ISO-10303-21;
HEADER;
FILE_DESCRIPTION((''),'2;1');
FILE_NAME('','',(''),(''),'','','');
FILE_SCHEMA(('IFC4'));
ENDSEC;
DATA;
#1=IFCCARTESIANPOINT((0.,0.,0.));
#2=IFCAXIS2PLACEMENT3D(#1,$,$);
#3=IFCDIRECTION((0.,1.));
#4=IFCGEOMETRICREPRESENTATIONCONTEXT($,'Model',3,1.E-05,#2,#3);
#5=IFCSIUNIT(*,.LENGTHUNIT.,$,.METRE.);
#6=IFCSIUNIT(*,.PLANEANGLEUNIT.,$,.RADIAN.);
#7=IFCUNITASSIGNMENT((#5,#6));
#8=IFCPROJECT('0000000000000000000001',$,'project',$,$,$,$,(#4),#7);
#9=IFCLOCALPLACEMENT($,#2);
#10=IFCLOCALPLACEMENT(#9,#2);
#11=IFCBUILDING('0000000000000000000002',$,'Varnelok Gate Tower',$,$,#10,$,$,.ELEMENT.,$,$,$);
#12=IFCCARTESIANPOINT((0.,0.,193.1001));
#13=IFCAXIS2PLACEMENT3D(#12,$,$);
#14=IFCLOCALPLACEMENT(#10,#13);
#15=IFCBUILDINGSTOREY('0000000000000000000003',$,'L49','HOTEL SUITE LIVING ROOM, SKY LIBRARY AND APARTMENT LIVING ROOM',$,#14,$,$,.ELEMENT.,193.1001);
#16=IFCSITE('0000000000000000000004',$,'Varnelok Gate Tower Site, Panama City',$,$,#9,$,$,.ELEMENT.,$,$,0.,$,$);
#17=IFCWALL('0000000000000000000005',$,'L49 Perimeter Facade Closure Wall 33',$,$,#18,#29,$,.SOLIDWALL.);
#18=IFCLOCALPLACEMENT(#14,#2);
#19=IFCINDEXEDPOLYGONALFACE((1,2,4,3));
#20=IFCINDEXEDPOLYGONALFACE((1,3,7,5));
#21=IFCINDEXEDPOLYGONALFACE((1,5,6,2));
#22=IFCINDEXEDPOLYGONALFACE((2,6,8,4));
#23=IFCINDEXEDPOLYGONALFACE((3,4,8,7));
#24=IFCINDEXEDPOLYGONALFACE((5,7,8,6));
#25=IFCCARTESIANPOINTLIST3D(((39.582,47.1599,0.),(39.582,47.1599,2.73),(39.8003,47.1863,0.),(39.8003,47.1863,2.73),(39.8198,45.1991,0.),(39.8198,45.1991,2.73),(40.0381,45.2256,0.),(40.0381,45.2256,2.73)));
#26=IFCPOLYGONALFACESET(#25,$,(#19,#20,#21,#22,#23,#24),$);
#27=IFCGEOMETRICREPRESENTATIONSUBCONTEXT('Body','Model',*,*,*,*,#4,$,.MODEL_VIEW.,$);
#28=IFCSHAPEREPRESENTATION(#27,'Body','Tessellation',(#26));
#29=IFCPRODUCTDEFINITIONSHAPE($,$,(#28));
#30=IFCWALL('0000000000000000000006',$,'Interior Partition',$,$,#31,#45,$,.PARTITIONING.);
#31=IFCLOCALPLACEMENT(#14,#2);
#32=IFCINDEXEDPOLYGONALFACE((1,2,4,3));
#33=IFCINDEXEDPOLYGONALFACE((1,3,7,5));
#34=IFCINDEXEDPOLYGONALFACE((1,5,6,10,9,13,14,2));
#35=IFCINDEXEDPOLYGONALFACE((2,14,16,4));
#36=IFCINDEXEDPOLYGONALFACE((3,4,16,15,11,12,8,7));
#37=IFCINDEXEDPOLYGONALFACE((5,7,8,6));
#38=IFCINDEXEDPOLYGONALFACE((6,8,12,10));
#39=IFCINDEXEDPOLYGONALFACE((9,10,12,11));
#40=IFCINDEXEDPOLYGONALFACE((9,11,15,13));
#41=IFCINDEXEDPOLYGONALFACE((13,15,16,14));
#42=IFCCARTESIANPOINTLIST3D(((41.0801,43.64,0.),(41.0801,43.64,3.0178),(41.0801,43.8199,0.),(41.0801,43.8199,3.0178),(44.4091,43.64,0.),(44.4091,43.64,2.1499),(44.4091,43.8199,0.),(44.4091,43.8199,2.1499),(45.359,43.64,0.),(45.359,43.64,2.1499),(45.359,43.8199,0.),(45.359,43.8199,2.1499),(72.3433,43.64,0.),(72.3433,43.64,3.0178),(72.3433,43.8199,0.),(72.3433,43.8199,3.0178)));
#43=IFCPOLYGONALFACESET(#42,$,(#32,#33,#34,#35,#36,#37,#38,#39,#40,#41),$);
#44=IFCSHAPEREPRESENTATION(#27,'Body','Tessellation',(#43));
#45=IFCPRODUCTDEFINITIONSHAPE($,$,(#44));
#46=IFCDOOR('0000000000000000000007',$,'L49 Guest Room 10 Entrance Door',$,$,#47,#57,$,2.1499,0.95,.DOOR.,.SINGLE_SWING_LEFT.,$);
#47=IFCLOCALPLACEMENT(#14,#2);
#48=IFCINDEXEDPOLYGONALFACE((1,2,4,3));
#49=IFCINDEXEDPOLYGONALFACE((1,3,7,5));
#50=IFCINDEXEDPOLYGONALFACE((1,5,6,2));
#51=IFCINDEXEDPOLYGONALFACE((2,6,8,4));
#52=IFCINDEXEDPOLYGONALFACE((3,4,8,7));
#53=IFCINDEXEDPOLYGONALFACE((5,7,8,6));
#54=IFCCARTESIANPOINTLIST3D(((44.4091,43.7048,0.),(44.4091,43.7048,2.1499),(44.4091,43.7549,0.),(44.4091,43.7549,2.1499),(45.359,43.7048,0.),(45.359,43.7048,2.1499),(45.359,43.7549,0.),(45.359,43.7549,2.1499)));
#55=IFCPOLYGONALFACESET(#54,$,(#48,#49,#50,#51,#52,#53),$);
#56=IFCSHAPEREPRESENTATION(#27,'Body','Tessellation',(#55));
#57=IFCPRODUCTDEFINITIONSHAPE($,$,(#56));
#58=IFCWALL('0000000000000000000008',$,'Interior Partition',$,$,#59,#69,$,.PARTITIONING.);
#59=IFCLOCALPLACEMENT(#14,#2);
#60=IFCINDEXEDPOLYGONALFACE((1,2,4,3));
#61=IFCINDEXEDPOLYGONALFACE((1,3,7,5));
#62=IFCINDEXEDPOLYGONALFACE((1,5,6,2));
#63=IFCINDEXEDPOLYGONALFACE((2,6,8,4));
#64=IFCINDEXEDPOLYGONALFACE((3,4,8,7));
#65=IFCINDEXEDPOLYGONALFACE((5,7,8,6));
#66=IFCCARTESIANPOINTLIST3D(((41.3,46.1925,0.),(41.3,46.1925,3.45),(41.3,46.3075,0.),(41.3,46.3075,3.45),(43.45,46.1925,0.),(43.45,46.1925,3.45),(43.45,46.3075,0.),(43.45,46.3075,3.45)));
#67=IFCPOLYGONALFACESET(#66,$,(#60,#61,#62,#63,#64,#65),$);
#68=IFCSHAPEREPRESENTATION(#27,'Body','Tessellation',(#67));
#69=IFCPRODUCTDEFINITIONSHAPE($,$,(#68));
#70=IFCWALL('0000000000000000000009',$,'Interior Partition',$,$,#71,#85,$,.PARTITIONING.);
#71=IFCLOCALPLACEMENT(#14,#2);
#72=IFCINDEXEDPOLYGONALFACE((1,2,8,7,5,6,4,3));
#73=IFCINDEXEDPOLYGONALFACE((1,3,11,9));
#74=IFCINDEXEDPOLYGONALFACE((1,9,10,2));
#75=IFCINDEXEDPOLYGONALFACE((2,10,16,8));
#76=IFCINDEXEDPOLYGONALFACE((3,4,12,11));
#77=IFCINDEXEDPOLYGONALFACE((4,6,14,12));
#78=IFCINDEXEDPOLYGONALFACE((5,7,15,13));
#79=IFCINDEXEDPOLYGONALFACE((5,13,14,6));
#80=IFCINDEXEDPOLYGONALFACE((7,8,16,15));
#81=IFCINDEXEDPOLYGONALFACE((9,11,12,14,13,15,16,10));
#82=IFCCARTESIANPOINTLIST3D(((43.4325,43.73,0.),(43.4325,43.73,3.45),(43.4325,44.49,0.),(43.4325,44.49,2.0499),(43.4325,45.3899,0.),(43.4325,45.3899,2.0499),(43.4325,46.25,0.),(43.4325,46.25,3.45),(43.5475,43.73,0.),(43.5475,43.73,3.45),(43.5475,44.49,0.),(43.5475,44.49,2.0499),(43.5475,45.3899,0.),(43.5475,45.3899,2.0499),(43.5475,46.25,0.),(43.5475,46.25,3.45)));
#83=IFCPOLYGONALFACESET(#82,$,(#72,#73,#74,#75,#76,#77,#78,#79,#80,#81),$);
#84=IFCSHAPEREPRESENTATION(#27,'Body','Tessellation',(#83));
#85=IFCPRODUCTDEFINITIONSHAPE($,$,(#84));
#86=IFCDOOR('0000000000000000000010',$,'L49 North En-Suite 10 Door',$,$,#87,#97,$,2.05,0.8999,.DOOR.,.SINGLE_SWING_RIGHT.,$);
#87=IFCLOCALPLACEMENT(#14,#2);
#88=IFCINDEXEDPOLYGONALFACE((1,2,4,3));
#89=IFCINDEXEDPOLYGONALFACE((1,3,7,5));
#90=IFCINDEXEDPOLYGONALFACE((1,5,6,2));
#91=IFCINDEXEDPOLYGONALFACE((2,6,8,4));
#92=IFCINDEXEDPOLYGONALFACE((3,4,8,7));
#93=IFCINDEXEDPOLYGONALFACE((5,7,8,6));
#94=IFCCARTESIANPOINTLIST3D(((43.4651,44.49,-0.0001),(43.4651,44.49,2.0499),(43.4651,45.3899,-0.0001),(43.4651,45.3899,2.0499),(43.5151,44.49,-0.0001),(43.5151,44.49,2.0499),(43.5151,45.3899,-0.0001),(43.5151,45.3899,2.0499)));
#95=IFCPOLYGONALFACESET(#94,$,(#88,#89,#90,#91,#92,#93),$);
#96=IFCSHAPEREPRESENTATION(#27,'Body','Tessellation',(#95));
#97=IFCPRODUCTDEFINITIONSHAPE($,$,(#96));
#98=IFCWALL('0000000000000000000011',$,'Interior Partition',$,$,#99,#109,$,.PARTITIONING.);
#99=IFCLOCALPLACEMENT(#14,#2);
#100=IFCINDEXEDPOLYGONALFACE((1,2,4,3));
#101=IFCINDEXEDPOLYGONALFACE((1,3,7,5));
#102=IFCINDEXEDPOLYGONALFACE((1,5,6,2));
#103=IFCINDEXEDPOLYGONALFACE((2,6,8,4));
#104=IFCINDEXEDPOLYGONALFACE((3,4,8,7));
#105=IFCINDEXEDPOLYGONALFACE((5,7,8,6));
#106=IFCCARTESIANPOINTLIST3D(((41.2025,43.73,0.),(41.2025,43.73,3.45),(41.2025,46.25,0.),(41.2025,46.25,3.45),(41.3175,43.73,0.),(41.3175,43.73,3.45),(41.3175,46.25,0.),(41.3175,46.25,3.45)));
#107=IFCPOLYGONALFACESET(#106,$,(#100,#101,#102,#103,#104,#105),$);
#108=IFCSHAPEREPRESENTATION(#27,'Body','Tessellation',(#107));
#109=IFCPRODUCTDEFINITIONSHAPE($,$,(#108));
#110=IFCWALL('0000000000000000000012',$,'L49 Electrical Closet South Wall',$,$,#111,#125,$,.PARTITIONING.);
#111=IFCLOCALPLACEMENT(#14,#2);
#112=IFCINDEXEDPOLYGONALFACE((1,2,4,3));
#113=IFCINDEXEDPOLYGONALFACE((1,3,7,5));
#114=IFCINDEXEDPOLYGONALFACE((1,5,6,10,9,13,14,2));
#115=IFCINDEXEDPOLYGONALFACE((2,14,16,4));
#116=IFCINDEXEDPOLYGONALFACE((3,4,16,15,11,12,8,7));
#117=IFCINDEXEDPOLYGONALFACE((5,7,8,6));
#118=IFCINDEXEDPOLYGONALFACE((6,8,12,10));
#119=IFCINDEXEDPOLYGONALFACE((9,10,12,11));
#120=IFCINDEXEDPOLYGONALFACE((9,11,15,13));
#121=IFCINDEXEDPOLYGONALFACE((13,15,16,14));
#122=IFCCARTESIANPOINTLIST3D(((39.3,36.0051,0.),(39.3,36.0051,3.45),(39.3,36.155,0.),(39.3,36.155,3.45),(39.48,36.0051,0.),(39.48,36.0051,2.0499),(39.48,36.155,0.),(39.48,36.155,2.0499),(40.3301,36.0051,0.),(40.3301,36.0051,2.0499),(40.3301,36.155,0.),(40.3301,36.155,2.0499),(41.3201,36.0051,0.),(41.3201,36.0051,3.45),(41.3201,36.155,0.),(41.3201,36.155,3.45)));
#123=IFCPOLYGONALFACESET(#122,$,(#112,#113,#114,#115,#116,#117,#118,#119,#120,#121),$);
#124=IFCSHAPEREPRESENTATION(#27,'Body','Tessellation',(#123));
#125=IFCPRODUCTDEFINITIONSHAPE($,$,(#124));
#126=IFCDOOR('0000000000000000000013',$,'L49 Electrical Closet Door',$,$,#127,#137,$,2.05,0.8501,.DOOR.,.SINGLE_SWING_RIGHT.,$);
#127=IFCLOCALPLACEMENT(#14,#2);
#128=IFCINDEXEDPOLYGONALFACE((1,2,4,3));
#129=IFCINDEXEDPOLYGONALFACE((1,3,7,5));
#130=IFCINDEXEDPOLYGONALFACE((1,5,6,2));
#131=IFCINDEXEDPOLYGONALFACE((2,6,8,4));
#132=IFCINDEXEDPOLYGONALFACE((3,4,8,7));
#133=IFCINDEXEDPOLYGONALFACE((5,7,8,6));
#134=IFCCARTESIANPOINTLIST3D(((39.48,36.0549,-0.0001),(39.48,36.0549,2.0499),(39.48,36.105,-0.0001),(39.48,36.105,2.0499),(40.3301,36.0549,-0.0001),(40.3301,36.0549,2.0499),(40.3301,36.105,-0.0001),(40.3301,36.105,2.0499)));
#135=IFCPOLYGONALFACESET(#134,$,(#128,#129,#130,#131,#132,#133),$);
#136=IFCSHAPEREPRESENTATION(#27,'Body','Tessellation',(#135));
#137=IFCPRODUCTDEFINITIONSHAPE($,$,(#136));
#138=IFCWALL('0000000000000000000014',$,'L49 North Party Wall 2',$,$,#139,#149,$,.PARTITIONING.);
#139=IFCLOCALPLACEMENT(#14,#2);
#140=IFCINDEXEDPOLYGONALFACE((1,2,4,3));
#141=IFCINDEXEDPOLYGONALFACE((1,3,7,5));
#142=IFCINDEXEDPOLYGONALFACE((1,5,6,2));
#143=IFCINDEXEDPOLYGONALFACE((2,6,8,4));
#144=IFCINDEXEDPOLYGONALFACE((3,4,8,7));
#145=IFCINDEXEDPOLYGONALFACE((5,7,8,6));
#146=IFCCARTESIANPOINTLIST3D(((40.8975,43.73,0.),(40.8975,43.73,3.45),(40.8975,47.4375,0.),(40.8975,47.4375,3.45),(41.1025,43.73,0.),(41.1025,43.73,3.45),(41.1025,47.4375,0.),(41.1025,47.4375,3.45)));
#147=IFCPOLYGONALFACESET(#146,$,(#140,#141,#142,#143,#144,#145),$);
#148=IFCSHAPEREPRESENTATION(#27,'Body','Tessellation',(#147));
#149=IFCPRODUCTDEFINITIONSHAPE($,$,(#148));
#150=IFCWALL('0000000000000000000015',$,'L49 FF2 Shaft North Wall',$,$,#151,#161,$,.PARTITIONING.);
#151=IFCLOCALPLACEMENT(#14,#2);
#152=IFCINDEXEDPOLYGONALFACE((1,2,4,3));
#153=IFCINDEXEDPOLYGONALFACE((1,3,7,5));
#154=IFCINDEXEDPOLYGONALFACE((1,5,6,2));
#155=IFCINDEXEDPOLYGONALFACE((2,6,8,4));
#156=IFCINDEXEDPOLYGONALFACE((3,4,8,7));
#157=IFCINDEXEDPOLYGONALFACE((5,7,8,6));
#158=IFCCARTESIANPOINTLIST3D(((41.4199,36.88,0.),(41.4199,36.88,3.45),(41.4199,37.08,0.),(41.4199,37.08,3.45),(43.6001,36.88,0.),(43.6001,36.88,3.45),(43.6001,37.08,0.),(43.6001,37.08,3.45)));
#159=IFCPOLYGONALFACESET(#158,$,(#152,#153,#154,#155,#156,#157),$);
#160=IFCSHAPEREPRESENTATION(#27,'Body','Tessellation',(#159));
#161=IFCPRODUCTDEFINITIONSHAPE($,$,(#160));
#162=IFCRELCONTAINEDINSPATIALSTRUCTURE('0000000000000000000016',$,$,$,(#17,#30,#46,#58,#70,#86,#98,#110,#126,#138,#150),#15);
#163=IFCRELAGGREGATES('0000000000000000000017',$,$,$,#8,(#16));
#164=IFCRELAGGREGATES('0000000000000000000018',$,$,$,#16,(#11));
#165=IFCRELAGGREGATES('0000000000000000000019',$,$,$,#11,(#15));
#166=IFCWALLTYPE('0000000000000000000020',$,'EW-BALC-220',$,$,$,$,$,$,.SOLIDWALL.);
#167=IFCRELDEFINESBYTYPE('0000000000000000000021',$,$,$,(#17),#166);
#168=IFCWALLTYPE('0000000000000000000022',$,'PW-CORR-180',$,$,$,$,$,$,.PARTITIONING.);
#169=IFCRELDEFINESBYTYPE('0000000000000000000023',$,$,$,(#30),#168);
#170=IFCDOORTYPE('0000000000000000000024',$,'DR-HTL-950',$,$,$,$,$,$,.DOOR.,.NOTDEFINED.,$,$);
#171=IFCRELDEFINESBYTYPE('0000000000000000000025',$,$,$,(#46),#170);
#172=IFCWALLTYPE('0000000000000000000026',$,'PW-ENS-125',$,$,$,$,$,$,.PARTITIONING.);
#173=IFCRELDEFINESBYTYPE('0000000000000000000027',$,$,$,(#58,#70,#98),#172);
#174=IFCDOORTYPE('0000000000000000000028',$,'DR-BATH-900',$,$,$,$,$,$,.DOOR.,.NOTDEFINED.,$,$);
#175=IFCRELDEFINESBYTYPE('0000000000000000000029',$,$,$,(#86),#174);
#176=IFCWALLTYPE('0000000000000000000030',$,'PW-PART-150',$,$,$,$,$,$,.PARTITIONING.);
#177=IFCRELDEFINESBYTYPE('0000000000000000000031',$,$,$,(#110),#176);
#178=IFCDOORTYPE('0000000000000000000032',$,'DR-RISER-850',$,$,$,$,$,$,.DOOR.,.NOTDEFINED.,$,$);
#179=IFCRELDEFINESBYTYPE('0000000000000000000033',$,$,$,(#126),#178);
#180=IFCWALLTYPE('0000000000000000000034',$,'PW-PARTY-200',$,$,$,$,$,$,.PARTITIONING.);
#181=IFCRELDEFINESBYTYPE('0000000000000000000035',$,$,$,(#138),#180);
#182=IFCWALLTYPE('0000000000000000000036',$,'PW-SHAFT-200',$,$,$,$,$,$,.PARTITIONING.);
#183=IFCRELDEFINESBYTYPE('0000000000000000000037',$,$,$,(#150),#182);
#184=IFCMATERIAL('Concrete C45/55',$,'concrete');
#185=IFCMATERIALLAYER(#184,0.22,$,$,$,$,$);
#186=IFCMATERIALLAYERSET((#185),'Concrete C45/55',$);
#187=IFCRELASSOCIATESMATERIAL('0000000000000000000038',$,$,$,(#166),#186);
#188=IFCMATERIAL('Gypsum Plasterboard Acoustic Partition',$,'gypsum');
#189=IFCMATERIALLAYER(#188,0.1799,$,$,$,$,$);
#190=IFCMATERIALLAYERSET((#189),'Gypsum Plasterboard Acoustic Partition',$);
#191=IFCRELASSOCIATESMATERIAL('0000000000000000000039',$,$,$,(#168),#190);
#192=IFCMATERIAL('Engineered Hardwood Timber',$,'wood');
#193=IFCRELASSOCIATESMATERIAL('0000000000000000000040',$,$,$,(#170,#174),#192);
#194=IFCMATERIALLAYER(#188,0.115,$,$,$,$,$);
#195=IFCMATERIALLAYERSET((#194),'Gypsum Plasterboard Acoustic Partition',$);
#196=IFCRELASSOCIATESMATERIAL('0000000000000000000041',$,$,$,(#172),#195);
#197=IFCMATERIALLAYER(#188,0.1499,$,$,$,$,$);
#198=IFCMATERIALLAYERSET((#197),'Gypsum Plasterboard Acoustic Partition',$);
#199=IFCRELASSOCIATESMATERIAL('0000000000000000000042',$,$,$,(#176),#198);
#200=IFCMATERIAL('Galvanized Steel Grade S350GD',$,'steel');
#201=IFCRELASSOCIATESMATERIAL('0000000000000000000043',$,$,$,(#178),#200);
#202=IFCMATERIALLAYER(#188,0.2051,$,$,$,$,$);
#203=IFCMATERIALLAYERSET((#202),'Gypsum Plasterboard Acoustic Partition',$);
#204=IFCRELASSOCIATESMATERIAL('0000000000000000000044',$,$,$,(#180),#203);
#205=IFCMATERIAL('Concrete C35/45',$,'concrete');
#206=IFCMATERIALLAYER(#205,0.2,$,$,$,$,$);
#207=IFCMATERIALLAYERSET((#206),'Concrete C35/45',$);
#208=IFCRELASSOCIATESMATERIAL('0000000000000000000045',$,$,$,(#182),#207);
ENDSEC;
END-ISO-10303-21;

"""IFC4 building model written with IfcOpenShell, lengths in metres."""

from ifc_helpers import new_model, si_unit, direction, frame, frame_2d, origin, place, context, subcontext, project, spatial, rectangle, extrude, material, layer, layer_set, type_object, element, fill, save


model = new_model("IFC4")

# Units and contexts
model_context = context("Model", 3, precision=1e-05, world=origin(), true_north=direction((0.0, 1.0)))
body_context = subcontext(model_context, "Body", "Model", "MODEL_VIEW")
ifc_project = project(units=[si_unit("LENGTHUNIT", "METRE"), si_unit("PLANEANGLEUNIT", "RADIAN")], contexts=[model_context])

# Site, building, storey
site_placement = place(None, origin())
site = spatial("IfcSite", under=ifc_project, at=site_placement, Name="Varnelok Gate Tower Site, Panama City", CompositionType="ELEMENT", RefElevation=0.0)
building_placement = place(site_placement, origin())
building = spatial("IfcBuilding", under=site, at=building_placement, Name="Varnelok Gate Tower", CompositionType="ELEMENT")
storey_placement = place(building_placement, frame((0.0, 0.0, 193.1001)))
storey = spatial("IfcBuildingStorey", under=building, at=storey_placement, Name="L49", Description="HOTEL SUITE LIVING ROOM, SKY LIBRARY AND APARTMENT LIVING ROOM", CompositionType="ELEMENT", Elevation=193.1001)

# Shared definitions
ifc_material_1 = material(Name="Concrete C45/55", Category="concrete")
ifc_layer_1 = layer(ifc_material_1, 0.22)
ifc_layer_set_1 = layer_set([ifc_layer_1], Name="Concrete C45/55")
wall_type_1 = type_object("IfcWallType", Name="EW-BALC-220", PredefinedType="SOLIDWALL", material=ifc_layer_set_1)

# Wall
wall_1_placement = place(storey_placement, frame((39.6912, 47.1731, 0.0), z_axis=(0.0, 0.0, 1.0), x_axis=(0.120398, -0.992726, 0.0)))
element("IfcWall", 1, at=wall_1_placement, inside=storey, type_object=wall_type_1, Name="L49 Perimeter Facade Closure Wall 33", PredefinedType="SOLIDWALL", context=body_context, shape_type="SweptSolid", body=[
    extrude(rectangle(XDim=1.9751, YDim=0.22, at=frame_2d((0.9875, 0.0))), origin(), (0.0, 0.0, 1.0), 2.73),
])

# Wall, opening, door
ifc_material_2 = material(Name="Gypsum Plasterboard Acoustic Partition", Category="gypsum")
ifc_layer_2 = layer(ifc_material_2, 0.1799)
ifc_layer_set_2 = layer_set([ifc_layer_2], Name="Gypsum Plasterboard Acoustic Partition")
wall_type_2 = type_object("IfcWallType", Name="PW-CORR-180", PredefinedType="PARTITIONING", material=ifc_layer_set_2)
wall_2_placement = place(storey_placement, frame((41.0801, 43.73, 0.0), z_axis=(0.0, 0.0, 1.0), x_axis=(1.0, 0.0, 0.0)))
wall_2 = element("IfcWall", 2, at=wall_2_placement, inside=storey, type_object=wall_type_2, Name="Interior Partition", PredefinedType="PARTITIONING", context=body_context, shape_type="SweptSolid", body=[
    extrude(rectangle(XDim=31.2632, YDim=0.1799, at=frame_2d((15.6316, 0.0))), origin(), (0.0, 0.0, 1.0), 3.0178),
])
opening_1_placement = place(wall_2_placement, frame((3.3289, 0.0, 0.0)))
opening_1 = element("IfcOpeningElement", 3, at=opening_1_placement, cuts=wall_2, PredefinedType="OPENING", context=body_context, shape_type="SweptSolid", body=[
    extrude(rectangle(XDim=0.95, YDim=2.1499, at=frame_2d((0.4751, 1.075))), frame((0.0, 0.0999, 0.0), z_axis=(0.0, -1.0, 0.0), x_axis=(1.0, 0.0, 0.0)), (0.0, 0.0, 1.0), 0.2),
])
ifc_material_3 = material(Name="Engineered Hardwood Timber", Category="wood")
door_type_1 = type_object("IfcDoorType", Name="DR-HTL-950", OperationType="NOTDEFINED", PredefinedType="DOOR", material=ifc_material_3)
door_1_placement = place(opening_1_placement, origin())
door_1 = element("IfcDoor", 4, at=door_1_placement, inside=storey, type_object=door_type_1, Name="L49 Guest Room 10 Entrance Door", OperationType="SINGLE_SWING_LEFT", OverallHeight=2.1499, OverallWidth=0.95, PredefinedType="DOOR", context=body_context, shape_type="SweptSolid", body=[
    extrude(rectangle(XDim=0.95, YDim=2.1499, at=frame_2d((0.4751, 1.075))), frame((0.0, 0.0249, 0.0), z_axis=(0.0, -1.0, 0.0), x_axis=(1.0, 0.0, 0.0)), (0.0, 0.0, 1.0), 0.05),
])
fill(opening_1, door_1)

# Wall
ifc_layer_3 = layer(ifc_material_2, 0.115)
ifc_layer_set_3 = layer_set([ifc_layer_3], Name="Gypsum Plasterboard Acoustic Partition")
wall_type_3 = type_object("IfcWallType", Name="PW-ENS-125", PredefinedType="PARTITIONING", material=ifc_layer_set_3)
wall_3_placement = place(storey_placement, frame((41.3, 46.25, 0.0), z_axis=(0.0, 0.0, 1.0), x_axis=(1.0, 0.0, 0.0)))
element("IfcWall", 5, at=wall_3_placement, inside=storey, type_object=wall_type_3, Name="Interior Partition", PredefinedType="PARTITIONING", context=body_context, shape_type="SweptSolid", body=[
    extrude(rectangle(XDim=2.1499, YDim=0.115, at=frame_2d((1.075, 0.0))), origin(), (0.0, 0.0, 1.0), 3.45),
])

# Wall, opening, door
wall_4_placement = place(storey_placement, frame((43.49, 43.73, 0.0), z_axis=(0.0, 0.0, 1.0), x_axis=(0.0, 1.0, 0.0)))
wall_4 = element("IfcWall", 6, at=wall_4_placement, inside=storey, type_object=wall_type_3, Name="Interior Partition", PredefinedType="PARTITIONING", context=body_context, shape_type="SweptSolid", body=[
    extrude(rectangle(XDim=2.52, YDim=0.115, at=frame_2d((1.26, 0.0))), origin(), (0.0, 0.0, 1.0), 3.45),
])
opening_2_placement = place(wall_4_placement, frame((0.76, 0.0, 0.0)))
opening_2 = element("IfcOpeningElement", 7, at=opening_2_placement, cuts=wall_4, PredefinedType="OPENING", context=body_context, shape_type="SweptSolid", body=[
    extrude(rectangle(XDim=0.8999, YDim=2.05, at=frame_2d((0.45, 1.0249))), frame((0.0, 0.0674, 0.0), z_axis=(0.0, -1.0, 0.0), x_axis=(1.0, 0.0, 0.0)), (0.0, 0.0, 1.0), 0.135),
])
door_type_2 = type_object("IfcDoorType", Name="DR-BATH-900", OperationType="NOTDEFINED", PredefinedType="DOOR", material=ifc_material_3)
door_2_placement = place(opening_2_placement, origin())
door_2 = element("IfcDoor", 8, at=door_2_placement, inside=storey, type_object=door_type_2, Name="L49 North En-Suite 10 Door", OperationType="SINGLE_SWING_RIGHT", OverallHeight=2.05, OverallWidth=0.8999, PredefinedType="DOOR", context=body_context, shape_type="SweptSolid", body=[
    extrude(rectangle(XDim=0.8999, YDim=2.05, at=frame_2d((0.45, 1.0249))), frame((0.0, 0.0249, 0.0), z_axis=(0.0, -1.0, 0.0), x_axis=(1.0, 0.0, 0.0)), (0.0, 0.0, 1.0), 0.05),
])
fill(opening_2, door_2)

# Wall
wall_5_placement = place(storey_placement, frame((41.26, 43.73, 0.0), z_axis=(0.0, 0.0, 1.0), x_axis=(0.0, 1.0, 0.0)))
element("IfcWall", 9, at=wall_5_placement, inside=storey, type_object=wall_type_3, Name="Interior Partition", PredefinedType="PARTITIONING", context=body_context, shape_type="SweptSolid", body=[
    extrude(rectangle(XDim=2.52, YDim=0.115, at=frame_2d((1.26, 0.0))), origin(), (0.0, 0.0, 1.0), 3.45),
])

# Wall, opening, door
ifc_layer_4 = layer(ifc_material_2, 0.1499)
ifc_layer_set_4 = layer_set([ifc_layer_4], Name="Gypsum Plasterboard Acoustic Partition")
wall_type_4 = type_object("IfcWallType", Name="PW-PART-150", PredefinedType="PARTITIONING", material=ifc_layer_set_4)
wall_6_placement = place(storey_placement, frame((39.3, 36.0801, 0.0), z_axis=(0.0, 0.0, 1.0), x_axis=(1.0, 0.0, 0.0)))
wall_6 = element("IfcWall", 10, at=wall_6_placement, inside=storey, type_object=wall_type_4, Name="L49 Electrical Closet South Wall", PredefinedType="PARTITIONING", context=body_context, shape_type="SweptSolid", body=[
    extrude(rectangle(XDim=2.02, YDim=0.1499, at=frame_2d((1.01, 0.0))), origin(), (0.0, 0.0, 1.0), 3.45),
])
opening_3_placement = place(wall_6_placement, frame((0.1799, 0.0, 0.0)))
opening_3 = element("IfcOpeningElement", 11, at=opening_3_placement, cuts=wall_6, PredefinedType="OPENING", context=body_context, shape_type="SweptSolid", body=[
    extrude(rectangle(XDim=0.8501, YDim=2.05, at=frame_2d((0.425, 1.0249))), frame((0.0, 0.085, 0.0), z_axis=(0.0, -1.0, 0.0), x_axis=(1.0, 0.0, 0.0)), (0.0, 0.0, 1.0), 0.1699),
])
ifc_material_4 = material(Name="Galvanized Steel Grade S350GD", Category="steel")
door_type_3 = type_object("IfcDoorType", Name="DR-RISER-850", OperationType="NOTDEFINED", PredefinedType="DOOR", material=ifc_material_4)
door_3_placement = place(opening_3_placement, origin())
door_3 = element("IfcDoor", 12, at=door_3_placement, inside=storey, type_object=door_type_3, Name="L49 Electrical Closet Door", OperationType="SINGLE_SWING_RIGHT", OverallHeight=2.05, OverallWidth=0.8501, PredefinedType="DOOR", context=body_context, shape_type="SweptSolid", body=[
    extrude(rectangle(XDim=0.8501, YDim=2.05, at=frame_2d((0.425, 1.0249))), frame((0.0, 0.0249, 0.0), z_axis=(0.0, -1.0, 0.0), x_axis=(1.0, 0.0, 0.0)), (0.0, 0.0, 1.0), 0.05),
])
fill(opening_3, door_3)

# Walls
ifc_layer_5 = layer(ifc_material_2, 0.2051)
ifc_layer_set_5 = layer_set([ifc_layer_5], Name="Gypsum Plasterboard Acoustic Partition")
wall_type_5 = type_object("IfcWallType", Name="PW-PARTY-200", PredefinedType="PARTITIONING", material=ifc_layer_set_5)
wall_7_placement = place(storey_placement, frame((41.0, 43.73, 0.0), z_axis=(0.0, 0.0, 1.0), x_axis=(0.0, 1.0, 0.0)))
element("IfcWall", 13, at=wall_7_placement, inside=storey, type_object=wall_type_5, Name="L49 North Party Wall 2", PredefinedType="PARTITIONING", context=body_context, shape_type="SweptSolid", body=[
    extrude(rectangle(XDim=3.7075, YDim=0.2051, at=frame_2d((1.8538, 0.0))), origin(), (0.0, 0.0, 1.0), 3.45),
])
ifc_material_5 = material(Name="Concrete C35/45", Category="concrete")
ifc_layer_6 = layer(ifc_material_5, 0.2)
ifc_layer_set_6 = layer_set([ifc_layer_6], Name="Concrete C35/45")
wall_type_6 = type_object("IfcWallType", Name="PW-SHAFT-200", PredefinedType="PARTITIONING", material=ifc_layer_set_6)
wall_8_placement = place(storey_placement, frame((41.4199, 36.98, 0.0), z_axis=(0.0, 0.0, 1.0), x_axis=(1.0, 0.0, 0.0)))
element("IfcWall", 14, at=wall_8_placement, inside=storey, type_object=wall_type_6, Name="L49 FF2 Shaft North Wall", PredefinedType="PARTITIONING", context=body_context, shape_type="SweptSolid", body=[
    extrude(rectangle(XDim=2.1802, YDim=0.2, at=frame_2d((1.0901, 0.0))), origin(), (0.0, 0.0, 1.0), 3.45),
])

save(model, "model.ifc")
